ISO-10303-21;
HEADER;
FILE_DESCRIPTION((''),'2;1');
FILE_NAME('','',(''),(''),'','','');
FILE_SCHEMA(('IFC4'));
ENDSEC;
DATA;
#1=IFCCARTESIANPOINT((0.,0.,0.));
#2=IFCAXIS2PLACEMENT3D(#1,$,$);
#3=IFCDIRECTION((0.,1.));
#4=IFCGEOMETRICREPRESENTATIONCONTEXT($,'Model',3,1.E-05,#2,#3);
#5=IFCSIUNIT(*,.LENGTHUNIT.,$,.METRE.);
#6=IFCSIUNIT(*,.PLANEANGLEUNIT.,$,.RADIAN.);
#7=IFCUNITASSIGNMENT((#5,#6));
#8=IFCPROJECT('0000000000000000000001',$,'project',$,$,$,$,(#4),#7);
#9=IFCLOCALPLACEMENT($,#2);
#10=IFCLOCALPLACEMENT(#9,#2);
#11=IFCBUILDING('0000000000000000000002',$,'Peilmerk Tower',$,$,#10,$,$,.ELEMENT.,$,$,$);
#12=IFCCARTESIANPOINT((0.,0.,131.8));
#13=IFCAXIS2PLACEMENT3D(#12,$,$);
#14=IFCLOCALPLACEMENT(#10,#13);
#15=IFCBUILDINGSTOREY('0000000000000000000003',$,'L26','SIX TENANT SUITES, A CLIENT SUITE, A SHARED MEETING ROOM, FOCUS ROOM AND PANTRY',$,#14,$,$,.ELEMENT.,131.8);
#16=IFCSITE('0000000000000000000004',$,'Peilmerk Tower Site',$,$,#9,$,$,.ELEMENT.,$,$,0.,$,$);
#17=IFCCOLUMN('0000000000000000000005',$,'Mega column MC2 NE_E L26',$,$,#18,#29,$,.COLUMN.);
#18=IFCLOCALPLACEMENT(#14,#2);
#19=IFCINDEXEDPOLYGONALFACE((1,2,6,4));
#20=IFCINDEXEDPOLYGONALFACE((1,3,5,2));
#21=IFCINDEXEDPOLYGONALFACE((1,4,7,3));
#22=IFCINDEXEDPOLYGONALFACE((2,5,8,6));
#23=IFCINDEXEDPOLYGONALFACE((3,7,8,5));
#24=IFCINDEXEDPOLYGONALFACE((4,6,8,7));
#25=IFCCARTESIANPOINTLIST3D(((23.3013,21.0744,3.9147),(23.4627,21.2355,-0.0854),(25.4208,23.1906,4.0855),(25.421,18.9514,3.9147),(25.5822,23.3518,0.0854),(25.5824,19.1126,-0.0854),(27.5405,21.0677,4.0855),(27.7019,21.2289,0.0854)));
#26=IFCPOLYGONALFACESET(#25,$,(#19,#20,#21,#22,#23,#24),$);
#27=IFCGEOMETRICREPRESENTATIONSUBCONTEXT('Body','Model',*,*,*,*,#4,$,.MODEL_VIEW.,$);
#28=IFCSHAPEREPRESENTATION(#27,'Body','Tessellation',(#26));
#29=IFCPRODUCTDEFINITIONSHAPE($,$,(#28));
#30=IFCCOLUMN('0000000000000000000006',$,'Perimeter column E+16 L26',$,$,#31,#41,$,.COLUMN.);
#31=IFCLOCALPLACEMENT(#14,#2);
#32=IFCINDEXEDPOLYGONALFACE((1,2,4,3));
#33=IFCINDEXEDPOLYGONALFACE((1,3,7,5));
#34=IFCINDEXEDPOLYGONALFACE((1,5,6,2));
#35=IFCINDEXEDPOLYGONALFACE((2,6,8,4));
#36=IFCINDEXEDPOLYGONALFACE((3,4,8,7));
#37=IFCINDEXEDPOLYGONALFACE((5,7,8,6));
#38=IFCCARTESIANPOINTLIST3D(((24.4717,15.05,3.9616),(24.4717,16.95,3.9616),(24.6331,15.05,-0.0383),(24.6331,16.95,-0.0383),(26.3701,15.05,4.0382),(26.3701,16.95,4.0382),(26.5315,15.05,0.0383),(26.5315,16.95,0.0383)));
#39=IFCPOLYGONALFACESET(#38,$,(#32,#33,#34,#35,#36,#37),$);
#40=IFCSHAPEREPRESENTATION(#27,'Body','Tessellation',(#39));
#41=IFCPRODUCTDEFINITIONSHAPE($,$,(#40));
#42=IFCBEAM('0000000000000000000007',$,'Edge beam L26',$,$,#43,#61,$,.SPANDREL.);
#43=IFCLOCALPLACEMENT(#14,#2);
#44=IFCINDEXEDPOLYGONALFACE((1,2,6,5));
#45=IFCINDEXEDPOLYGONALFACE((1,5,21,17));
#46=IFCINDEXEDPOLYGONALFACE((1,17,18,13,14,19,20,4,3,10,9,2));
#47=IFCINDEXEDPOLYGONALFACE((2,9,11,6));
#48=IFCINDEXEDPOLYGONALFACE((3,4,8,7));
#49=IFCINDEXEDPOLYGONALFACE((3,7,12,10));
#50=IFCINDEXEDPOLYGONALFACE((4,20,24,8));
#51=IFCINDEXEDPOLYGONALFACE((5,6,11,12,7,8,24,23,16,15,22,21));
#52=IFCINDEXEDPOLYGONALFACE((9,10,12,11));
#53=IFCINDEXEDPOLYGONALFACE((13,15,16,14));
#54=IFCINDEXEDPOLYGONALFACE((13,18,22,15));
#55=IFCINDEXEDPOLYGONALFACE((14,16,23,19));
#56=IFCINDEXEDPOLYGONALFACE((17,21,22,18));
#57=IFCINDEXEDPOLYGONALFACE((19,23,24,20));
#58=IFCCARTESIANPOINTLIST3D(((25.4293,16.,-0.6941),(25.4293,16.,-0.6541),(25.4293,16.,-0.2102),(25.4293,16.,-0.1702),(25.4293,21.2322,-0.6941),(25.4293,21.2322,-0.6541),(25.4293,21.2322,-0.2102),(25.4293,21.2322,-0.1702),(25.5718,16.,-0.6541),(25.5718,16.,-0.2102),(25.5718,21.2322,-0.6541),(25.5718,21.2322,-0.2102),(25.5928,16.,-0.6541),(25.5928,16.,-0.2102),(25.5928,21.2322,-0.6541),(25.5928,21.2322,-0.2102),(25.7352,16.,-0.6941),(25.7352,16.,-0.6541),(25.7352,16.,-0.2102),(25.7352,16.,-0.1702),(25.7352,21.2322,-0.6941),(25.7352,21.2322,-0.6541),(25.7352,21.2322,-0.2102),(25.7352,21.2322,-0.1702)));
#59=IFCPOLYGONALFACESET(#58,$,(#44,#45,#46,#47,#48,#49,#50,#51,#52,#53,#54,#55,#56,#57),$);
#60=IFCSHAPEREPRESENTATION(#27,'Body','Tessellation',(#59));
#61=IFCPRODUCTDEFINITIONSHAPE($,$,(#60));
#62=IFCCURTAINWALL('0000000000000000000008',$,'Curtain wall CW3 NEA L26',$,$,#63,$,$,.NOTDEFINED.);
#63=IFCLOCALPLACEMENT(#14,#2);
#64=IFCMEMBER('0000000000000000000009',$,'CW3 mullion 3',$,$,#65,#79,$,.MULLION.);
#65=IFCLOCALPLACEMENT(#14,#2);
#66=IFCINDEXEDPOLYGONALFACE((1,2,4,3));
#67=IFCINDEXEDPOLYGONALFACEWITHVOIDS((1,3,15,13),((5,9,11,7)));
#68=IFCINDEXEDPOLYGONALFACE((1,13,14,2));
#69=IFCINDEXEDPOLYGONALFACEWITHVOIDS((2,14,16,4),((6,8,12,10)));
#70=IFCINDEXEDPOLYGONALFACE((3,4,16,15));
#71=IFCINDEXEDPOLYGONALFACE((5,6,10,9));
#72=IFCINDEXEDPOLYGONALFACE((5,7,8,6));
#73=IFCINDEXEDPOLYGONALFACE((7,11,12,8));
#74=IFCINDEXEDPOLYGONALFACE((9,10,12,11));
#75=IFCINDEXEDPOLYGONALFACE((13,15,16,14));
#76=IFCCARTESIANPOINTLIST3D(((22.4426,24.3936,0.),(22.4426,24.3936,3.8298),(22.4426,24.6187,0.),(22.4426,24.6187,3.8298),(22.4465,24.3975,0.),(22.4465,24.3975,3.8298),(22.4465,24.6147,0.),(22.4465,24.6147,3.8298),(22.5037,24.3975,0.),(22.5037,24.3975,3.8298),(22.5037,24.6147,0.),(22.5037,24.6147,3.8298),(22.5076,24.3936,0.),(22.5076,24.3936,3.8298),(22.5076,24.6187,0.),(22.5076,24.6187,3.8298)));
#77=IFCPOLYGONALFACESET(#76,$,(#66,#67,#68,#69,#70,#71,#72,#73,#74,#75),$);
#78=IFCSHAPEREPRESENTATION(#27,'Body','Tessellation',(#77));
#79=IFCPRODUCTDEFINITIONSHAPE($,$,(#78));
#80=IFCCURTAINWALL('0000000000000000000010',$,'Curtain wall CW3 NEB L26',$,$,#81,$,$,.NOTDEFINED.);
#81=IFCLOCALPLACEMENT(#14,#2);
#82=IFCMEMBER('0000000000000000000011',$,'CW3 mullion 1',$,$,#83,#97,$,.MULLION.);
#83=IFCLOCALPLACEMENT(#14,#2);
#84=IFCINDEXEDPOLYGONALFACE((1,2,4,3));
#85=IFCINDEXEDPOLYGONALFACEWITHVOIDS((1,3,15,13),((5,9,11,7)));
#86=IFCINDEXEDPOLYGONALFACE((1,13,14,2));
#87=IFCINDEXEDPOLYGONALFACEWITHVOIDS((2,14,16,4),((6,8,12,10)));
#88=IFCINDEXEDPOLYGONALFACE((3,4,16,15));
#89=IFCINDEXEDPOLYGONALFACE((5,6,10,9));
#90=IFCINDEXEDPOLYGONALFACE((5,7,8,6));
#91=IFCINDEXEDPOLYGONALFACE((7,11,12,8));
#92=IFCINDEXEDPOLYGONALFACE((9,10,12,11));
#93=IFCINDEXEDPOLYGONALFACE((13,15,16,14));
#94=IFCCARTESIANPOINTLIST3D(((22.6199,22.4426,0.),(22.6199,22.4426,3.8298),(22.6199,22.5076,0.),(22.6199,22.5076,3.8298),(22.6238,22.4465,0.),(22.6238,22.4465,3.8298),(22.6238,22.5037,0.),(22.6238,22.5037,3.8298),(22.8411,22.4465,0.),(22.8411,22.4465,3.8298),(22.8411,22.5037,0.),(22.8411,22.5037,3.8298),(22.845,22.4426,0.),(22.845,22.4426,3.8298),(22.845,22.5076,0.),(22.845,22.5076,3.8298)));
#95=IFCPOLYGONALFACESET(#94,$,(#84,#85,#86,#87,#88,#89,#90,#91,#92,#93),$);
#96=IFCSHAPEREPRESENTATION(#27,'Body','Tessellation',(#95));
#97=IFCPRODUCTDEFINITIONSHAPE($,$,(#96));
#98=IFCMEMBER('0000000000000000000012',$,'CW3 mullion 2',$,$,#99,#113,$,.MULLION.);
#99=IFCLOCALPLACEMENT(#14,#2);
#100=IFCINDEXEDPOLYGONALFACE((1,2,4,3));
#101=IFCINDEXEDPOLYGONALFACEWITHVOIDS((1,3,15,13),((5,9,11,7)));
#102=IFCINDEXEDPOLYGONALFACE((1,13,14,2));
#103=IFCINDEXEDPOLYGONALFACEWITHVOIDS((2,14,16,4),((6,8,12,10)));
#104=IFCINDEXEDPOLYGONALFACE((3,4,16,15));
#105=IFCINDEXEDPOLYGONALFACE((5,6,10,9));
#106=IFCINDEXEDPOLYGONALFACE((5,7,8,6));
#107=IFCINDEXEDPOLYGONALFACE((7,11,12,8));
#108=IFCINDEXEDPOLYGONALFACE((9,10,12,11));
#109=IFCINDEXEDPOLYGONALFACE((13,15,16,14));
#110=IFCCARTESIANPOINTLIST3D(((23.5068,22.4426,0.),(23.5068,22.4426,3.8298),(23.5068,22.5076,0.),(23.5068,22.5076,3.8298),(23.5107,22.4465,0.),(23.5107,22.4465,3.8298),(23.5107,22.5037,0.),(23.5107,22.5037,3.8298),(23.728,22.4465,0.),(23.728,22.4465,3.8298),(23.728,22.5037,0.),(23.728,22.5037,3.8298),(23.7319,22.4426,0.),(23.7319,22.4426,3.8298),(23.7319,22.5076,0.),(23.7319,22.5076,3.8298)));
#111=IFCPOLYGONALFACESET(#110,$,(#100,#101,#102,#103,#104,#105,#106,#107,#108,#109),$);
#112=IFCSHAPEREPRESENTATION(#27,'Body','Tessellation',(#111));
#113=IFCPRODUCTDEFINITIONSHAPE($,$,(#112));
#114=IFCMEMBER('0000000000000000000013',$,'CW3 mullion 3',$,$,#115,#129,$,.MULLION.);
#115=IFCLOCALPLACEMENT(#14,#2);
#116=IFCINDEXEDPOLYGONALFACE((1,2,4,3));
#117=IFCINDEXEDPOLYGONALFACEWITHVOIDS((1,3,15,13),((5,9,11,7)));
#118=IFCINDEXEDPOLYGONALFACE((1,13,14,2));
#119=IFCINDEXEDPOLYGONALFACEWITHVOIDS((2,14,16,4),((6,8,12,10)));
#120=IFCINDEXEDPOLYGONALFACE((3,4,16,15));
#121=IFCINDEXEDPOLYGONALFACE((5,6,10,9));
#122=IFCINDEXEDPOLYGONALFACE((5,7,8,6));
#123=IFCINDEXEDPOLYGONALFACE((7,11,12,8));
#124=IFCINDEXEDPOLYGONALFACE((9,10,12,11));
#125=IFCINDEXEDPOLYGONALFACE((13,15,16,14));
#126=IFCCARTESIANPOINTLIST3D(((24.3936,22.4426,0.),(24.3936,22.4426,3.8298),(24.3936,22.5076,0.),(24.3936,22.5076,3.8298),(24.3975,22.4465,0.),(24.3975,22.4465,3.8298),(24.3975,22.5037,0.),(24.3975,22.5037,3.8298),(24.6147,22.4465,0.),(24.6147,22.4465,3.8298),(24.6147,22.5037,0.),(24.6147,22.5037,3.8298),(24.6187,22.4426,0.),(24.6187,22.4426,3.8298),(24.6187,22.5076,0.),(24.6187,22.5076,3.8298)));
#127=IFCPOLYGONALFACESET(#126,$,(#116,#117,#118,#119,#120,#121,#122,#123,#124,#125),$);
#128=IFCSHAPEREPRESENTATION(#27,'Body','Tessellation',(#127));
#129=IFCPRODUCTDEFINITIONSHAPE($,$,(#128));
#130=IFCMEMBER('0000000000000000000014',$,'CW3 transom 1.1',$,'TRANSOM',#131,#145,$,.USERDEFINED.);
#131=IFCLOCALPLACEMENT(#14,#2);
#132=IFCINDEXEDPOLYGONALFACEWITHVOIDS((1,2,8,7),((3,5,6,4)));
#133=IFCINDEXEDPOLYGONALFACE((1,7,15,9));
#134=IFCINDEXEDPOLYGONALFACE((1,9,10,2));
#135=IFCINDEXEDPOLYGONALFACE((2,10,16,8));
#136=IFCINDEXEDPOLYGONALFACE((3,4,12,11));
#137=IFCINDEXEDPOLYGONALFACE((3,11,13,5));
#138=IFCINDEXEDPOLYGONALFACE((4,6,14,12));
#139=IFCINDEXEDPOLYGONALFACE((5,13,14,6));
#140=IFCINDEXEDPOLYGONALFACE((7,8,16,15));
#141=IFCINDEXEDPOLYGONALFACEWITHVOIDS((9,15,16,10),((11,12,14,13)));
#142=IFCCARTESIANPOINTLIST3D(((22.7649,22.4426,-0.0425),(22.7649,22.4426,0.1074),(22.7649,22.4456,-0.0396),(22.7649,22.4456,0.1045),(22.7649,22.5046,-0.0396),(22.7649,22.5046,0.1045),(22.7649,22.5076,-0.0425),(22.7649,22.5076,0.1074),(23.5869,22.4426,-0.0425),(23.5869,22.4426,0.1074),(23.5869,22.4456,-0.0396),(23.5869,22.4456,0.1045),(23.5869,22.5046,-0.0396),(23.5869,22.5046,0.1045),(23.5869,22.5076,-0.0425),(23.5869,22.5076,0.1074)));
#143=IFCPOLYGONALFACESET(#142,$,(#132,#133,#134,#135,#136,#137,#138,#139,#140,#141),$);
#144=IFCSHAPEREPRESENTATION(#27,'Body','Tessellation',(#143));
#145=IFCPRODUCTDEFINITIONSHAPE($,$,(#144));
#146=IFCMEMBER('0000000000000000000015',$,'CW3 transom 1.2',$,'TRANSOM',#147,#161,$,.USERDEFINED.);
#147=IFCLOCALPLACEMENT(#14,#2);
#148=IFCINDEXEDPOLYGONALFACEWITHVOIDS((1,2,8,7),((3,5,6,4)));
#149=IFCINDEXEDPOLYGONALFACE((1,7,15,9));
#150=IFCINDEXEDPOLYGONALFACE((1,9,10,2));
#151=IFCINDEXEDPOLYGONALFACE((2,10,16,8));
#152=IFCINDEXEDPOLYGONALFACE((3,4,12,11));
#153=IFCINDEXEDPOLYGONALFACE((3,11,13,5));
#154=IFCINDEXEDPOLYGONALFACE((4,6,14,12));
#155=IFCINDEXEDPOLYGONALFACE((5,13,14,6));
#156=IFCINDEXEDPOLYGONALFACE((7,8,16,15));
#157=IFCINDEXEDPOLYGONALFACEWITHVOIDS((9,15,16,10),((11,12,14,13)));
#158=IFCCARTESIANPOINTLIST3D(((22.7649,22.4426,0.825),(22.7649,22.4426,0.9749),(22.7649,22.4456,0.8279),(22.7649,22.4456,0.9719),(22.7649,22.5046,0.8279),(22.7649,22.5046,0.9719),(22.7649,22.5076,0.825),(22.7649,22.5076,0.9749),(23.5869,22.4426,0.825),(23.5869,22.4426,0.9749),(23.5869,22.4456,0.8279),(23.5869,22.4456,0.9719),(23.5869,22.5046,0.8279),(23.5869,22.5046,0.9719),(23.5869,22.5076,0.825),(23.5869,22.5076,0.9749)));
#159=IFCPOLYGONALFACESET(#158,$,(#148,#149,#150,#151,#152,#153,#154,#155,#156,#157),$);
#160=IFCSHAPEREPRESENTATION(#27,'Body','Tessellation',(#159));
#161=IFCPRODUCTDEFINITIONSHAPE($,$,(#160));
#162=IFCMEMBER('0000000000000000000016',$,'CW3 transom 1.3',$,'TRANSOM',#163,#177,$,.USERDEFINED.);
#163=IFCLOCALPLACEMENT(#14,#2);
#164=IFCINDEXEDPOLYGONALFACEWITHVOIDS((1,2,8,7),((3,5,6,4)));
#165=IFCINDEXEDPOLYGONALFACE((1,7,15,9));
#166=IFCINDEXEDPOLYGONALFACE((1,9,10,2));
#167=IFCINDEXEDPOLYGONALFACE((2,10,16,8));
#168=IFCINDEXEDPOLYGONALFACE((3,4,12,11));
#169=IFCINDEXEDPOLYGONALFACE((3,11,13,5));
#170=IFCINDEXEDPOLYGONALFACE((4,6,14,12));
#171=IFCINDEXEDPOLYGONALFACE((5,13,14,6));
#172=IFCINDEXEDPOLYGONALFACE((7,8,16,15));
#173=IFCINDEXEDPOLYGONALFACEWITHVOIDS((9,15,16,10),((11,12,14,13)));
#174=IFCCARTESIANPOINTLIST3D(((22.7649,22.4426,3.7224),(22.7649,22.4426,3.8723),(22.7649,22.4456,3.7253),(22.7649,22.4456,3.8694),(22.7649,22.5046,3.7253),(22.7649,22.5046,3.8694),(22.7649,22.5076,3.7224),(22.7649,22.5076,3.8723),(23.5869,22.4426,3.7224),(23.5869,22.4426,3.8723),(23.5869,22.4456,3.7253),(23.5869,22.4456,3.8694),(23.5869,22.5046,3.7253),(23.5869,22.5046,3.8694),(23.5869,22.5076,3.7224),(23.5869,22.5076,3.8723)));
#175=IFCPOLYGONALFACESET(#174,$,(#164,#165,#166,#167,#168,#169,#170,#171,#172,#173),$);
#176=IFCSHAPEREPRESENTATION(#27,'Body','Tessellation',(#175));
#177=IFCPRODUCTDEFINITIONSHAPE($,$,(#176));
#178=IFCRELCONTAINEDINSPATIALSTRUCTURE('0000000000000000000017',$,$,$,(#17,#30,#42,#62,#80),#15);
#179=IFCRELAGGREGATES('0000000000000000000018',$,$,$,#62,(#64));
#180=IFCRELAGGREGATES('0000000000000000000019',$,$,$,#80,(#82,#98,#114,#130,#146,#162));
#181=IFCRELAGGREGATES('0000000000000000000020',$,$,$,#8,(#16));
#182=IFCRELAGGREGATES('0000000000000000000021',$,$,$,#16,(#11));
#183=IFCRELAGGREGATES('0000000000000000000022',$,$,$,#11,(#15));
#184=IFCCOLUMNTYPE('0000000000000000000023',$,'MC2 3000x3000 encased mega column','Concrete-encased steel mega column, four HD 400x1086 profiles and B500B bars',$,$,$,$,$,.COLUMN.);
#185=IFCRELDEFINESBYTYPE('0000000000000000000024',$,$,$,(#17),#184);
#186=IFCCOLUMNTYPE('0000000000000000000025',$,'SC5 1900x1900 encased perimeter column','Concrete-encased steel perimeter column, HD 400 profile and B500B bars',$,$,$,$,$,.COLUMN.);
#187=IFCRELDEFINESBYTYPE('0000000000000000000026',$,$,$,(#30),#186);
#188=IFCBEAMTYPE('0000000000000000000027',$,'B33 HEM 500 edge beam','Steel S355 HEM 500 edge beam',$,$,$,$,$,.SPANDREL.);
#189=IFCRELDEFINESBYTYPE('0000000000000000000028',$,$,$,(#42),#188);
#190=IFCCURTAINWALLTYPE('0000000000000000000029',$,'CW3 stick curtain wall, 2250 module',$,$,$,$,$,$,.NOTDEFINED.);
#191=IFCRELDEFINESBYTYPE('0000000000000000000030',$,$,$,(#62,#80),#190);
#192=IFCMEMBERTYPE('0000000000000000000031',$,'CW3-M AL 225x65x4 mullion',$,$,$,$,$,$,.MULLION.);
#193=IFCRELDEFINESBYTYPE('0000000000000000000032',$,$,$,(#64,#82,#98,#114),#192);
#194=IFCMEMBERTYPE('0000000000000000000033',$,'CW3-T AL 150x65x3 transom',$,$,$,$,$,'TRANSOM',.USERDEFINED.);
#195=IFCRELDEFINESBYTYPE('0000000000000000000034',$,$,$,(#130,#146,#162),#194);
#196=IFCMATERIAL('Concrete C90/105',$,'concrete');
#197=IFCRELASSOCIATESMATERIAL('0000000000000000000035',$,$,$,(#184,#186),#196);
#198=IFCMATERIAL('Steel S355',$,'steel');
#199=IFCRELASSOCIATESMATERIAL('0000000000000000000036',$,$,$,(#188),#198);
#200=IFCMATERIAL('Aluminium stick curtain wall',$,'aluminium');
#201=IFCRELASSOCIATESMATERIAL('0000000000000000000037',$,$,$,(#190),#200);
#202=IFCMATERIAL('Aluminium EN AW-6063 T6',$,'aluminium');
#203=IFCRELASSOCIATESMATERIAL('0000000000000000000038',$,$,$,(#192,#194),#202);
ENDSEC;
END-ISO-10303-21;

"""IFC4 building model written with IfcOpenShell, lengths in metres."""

from ifc_helpers import new_model, si_unit, direction, frame, origin, origin_2d, place, context, subcontext, project, spatial, rectangle, hollow_rectangle, i_section, extrude, material, material_profile, profile_set, type_object, element, aggregate, save


model = new_model("IFC4")

# Units and contexts
model_context = context("Model", 3, precision=1e-05, world=origin(), true_north=direction((0.0, 1.0)))
body_context = subcontext(model_context, "Body", "Model", "MODEL_VIEW")
ifc_project = project(units=[si_unit("LENGTHUNIT", "METRE"), si_unit("PLANEANGLEUNIT", "RADIAN")], contexts=[model_context])

# Site, building, storey
site_placement = place(None, origin())
site = spatial("IfcSite", under=ifc_project, at=site_placement, Name="Peilmerk Tower Site", CompositionType="ELEMENT", RefElevation=0.0)
building_placement = place(site_placement, origin())
building = spatial("IfcBuilding", under=site, at=building_placement, Name="Peilmerk Tower", CompositionType="ELEMENT")
storey_placement = place(building_placement, frame((0.0, 0.0, 131.8)))
storey = spatial("IfcBuildingStorey", under=building, at=storey_placement, Name="L26", Description="SIX TENANT SUITES, A CLIENT SUITE, A SHARED MEETING ROOM, FOCUS ROOM AND PANTRY", CompositionType="ELEMENT", Elevation=131.8)

# Columns
ifc_material_1 = material(Name="Concrete C90/105", Category="concrete")
ifc_material_profile_1 = material_profile(ifc_material_1, rectangle(XDim=3.0, YDim=3.0, at=origin_2d()), Name="RC 3000x3000")
ifc_profile_set_1 = profile_set([ifc_material_profile_1], Name="Concrete C90/105")
column_type_1 = type_object("IfcColumnType", Name="MC2 3000x3000 encased mega column", Description="Concrete-encased steel mega column, four HD 400x1086 profiles and B500B bars", PredefinedType="COLUMN", material=ifc_profile_set_1)
column_1_placement = place(storey_placement, frame((25.5823, 21.2322, 0.0), z_axis=(-0.040279, -0.040218, 0.998379), x_axis=(0.706571, -0.707642, 0.0)))
element("IfcColumn", 1, at=column_1_placement, inside=storey, type_object=column_type_1, Name="Mega column MC2 NE_E L26", PredefinedType="COLUMN", context=body_context, shape_type="SweptSolid", body=[
    extrude(rectangle(XDim=3.0, YDim=3.0, at=origin_2d()), origin(), (0.0, 0.0, 1.0), 4.0066),
])
ifc_material_profile_2 = material_profile(ifc_material_1, rectangle(XDim=1.8999, YDim=1.8999, at=origin_2d()), Name="RC 1900x1900")
ifc_profile_set_2 = profile_set([ifc_material_profile_2], Name="Concrete C90/105")
column_type_2 = type_object("IfcColumnType", Name="SC5 1900x1900 encased perimeter column", Description="Concrete-encased steel perimeter column, HD 400 profile and B500B bars", PredefinedType="COLUMN", material=ifc_profile_set_2)
column_2_placement = place(storey_placement, frame((25.5823, 16.0, 0.0), z_axis=(-0.040311, 0.0, 0.999187), x_axis=(0.0, -1.0, 0.0)))
element("IfcColumn", 2, at=column_2_placement, inside=storey, type_object=column_type_2, Name="Perimeter column E+16 L26", PredefinedType="COLUMN", context=body_context, shape_type="SweptSolid", body=[
    extrude(rectangle(XDim=1.8999, YDim=1.8999, at=origin_2d()), origin(), (0.0, 0.0, 1.0), 4.0032),
])

# Beam
ifc_material_2 = material(Name="Steel S355", Category="steel")
ifc_material_profile_3 = material_profile(ifc_material_2, i_section(OverallWidth=0.3059, OverallDepth=0.5239, WebThickness=0.021, FlangeThickness=0.04, at=origin_2d()), Name="HEM 500")
ifc_profile_set_3 = profile_set([ifc_material_profile_3], Name="Steel S355")
beam_type = type_object("IfcBeamType", Name="B33 HEM 500 edge beam", Description="Steel S355 HEM 500 edge beam", PredefinedType="SPANDREL", material=ifc_profile_set_3)
beam_placement = place(storey_placement, frame((25.5823, 16.0, -0.4321), z_axis=(0.0, 1.0, 0.0), x_axis=(-1.0, 0.0, 0.0)))
element("IfcBeam", 3, at=beam_placement, inside=storey, type_object=beam_type, Name="Edge beam L26", PredefinedType="SPANDREL", context=body_context, shape_type="SweptSolid", body=[
    extrude(i_section(OverallWidth=0.3059, OverallDepth=0.5239, WebThickness=0.021, FlangeThickness=0.04, at=origin_2d()), origin(), (0.0, 0.0, 1.0), 5.2322),
])

# Curtain wall, member
ifc_material_3 = material(Name="Aluminium stick curtain wall", Category="aluminium")
curtain_wall_type = type_object("IfcCurtainWallType", Name="CW3 stick curtain wall, 2250 module", PredefinedType="NOTDEFINED", material=ifc_material_3)
curtain_wall_1_placement = place(storey_placement, origin())
curtain_wall_1 = element("IfcCurtainWall", 4, at=curtain_wall_1_placement, inside=storey, type_object=curtain_wall_type, Name="Curtain wall CW3 NEA L26", PredefinedType="NOTDEFINED")
ifc_material_4 = material(Name="Aluminium EN AW-6063 T6", Category="aluminium")
ifc_material_profile_4 = material_profile(ifc_material_4, hollow_rectangle(XDim=0.0649, YDim=0.2251, WallThickness=0.0039, at=origin_2d()), Name="AL 225x65x4")
ifc_profile_set_4 = profile_set([ifc_material_profile_4], Name="Aluminium EN AW-6063 T6")
member_type_1 = type_object("IfcMemberType", Name="CW3-M AL 225x65x4 mullion", PredefinedType="MULLION", material=ifc_profile_set_4)
member_1_placement = place(storey_placement, frame((22.4751, 24.5061, 0.0), z_axis=(0.0, 0.0, 1.0), x_axis=(-1.0, 0.0, 0.0)))
member_1 = element("IfcMember", 5, at=member_1_placement, type_object=member_type_1, Name="CW3 mullion 3", PredefinedType="MULLION", context=body_context, shape_type="SweptSolid", body=[
    extrude(hollow_rectangle(XDim=0.0649, YDim=0.2251, WallThickness=0.0039, at=origin_2d()), origin(), (0.0, 0.0, 1.0), 3.8298),
])

# Curtain wall, members
curtain_wall_2_placement = place(storey_placement, origin())
curtain_wall_2 = element("IfcCurtainWall", 6, at=curtain_wall_2_placement, inside=storey, type_object=curtain_wall_type, Name="Curtain wall CW3 NEB L26", PredefinedType="NOTDEFINED")
member_2_placement = place(storey_placement, frame((22.7324, 22.4751, 0.0), z_axis=(0.0, 0.0, 1.0), x_axis=(0.0, 1.0, 0.0)))
member_2 = element("IfcMember", 7, at=member_2_placement, type_object=member_type_1, Name="CW3 mullion 1", PredefinedType="MULLION", context=body_context, shape_type="SweptSolid", body=[
    extrude(hollow_rectangle(XDim=0.0649, YDim=0.2251, WallThickness=0.0039, at=origin_2d()), origin(), (0.0, 0.0, 1.0), 3.8298),
])
member_3_placement = place(storey_placement, frame((23.6194, 22.4751, 0.0), z_axis=(0.0, 0.0, 1.0), x_axis=(0.0, 1.0, 0.0)))
member_3 = element("IfcMember", 8, at=member_3_placement, type_object=member_type_1, Name="CW3 mullion 2", PredefinedType="MULLION", context=body_context, shape_type="SweptSolid", body=[
    extrude(hollow_rectangle(XDim=0.0649, YDim=0.2251, WallThickness=0.0039, at=origin_2d()), origin(), (0.0, 0.0, 1.0), 3.8298),
])
member_4_placement = place(storey_placement, frame((24.5061, 22.4751, 0.0), z_axis=(0.0, 0.0, 1.0), x_axis=(0.0, 1.0, 0.0)))
member_4 = element("IfcMember", 9, at=member_4_placement, type_object=member_type_1, Name="CW3 mullion 3", PredefinedType="MULLION", context=body_context, shape_type="SweptSolid", body=[
    extrude(hollow_rectangle(XDim=0.0649, YDim=0.2251, WallThickness=0.0039, at=origin_2d()), origin(), (0.0, 0.0, 1.0), 3.8298),
])
ifc_material_profile_5 = material_profile(ifc_material_4, hollow_rectangle(XDim=0.0649, YDim=0.1499, WallThickness=0.0029, at=origin_2d()), Name="AL 150x65x3")
ifc_profile_set_5 = profile_set([ifc_material_profile_5], Name="Aluminium EN AW-6063 T6")
member_type_2 = type_object("IfcMemberType", Name="CW3-T AL 150x65x3 transom", ElementType="TRANSOM", PredefinedType="USERDEFINED", material=ifc_profile_set_5)
member_5_placement = place(storey_placement, frame((22.7649, 22.4751, 0.0325), z_axis=(1.0, 0.0, 0.0), x_axis=(0.0, 1.0, 0.0)))
member_5 = element("IfcMember", 10, at=member_5_placement, type_object=member_type_2, Name="CW3 transom 1.1", ObjectType="TRANSOM", PredefinedType="USERDEFINED", context=body_context, shape_type="SweptSolid", body=[
    extrude(hollow_rectangle(XDim=0.0649, YDim=0.1499, WallThickness=0.0029, at=origin_2d()), origin(), (0.0, 0.0, 1.0), 0.822),
])
member_6_placement = place(storey_placement, frame((22.7649, 22.4751, 0.8999), z_axis=(1.0, 0.0, 0.0), x_axis=(0.0, 1.0, 0.0)))
member_6 = element("IfcMember", 11, at=member_6_placement, type_object=member_type_2, Name="CW3 transom 1.2", ObjectType="TRANSOM", PredefinedType="USERDEFINED", context=body_context, shape_type="SweptSolid", body=[
    extrude(hollow_rectangle(XDim=0.0649, YDim=0.1499, WallThickness=0.0029, at=origin_2d()), origin(), (0.0, 0.0, 1.0), 0.822),
])
member_7_placement = place(storey_placement, frame((22.7649, 22.4751, 3.7974), z_axis=(1.0, 0.0, 0.0), x_axis=(0.0, 1.0, 0.0)))
member_7 = element("IfcMember", 12, at=member_7_placement, type_object=member_type_2, Name="CW3 transom 1.3", ObjectType="TRANSOM", PredefinedType="USERDEFINED", context=body_context, shape_type="SweptSolid", body=[
    extrude(hollow_rectangle(XDim=0.0649, YDim=0.1499, WallThickness=0.0029, at=origin_2d()), origin(), (0.0, 0.0, 1.0), 0.822),
])

aggregate(curtain_wall_1, [member_1])
aggregate(curtain_wall_2, [member_2, member_3, member_4, member_5, member_6, member_7])

save(model, "model.ifc")
